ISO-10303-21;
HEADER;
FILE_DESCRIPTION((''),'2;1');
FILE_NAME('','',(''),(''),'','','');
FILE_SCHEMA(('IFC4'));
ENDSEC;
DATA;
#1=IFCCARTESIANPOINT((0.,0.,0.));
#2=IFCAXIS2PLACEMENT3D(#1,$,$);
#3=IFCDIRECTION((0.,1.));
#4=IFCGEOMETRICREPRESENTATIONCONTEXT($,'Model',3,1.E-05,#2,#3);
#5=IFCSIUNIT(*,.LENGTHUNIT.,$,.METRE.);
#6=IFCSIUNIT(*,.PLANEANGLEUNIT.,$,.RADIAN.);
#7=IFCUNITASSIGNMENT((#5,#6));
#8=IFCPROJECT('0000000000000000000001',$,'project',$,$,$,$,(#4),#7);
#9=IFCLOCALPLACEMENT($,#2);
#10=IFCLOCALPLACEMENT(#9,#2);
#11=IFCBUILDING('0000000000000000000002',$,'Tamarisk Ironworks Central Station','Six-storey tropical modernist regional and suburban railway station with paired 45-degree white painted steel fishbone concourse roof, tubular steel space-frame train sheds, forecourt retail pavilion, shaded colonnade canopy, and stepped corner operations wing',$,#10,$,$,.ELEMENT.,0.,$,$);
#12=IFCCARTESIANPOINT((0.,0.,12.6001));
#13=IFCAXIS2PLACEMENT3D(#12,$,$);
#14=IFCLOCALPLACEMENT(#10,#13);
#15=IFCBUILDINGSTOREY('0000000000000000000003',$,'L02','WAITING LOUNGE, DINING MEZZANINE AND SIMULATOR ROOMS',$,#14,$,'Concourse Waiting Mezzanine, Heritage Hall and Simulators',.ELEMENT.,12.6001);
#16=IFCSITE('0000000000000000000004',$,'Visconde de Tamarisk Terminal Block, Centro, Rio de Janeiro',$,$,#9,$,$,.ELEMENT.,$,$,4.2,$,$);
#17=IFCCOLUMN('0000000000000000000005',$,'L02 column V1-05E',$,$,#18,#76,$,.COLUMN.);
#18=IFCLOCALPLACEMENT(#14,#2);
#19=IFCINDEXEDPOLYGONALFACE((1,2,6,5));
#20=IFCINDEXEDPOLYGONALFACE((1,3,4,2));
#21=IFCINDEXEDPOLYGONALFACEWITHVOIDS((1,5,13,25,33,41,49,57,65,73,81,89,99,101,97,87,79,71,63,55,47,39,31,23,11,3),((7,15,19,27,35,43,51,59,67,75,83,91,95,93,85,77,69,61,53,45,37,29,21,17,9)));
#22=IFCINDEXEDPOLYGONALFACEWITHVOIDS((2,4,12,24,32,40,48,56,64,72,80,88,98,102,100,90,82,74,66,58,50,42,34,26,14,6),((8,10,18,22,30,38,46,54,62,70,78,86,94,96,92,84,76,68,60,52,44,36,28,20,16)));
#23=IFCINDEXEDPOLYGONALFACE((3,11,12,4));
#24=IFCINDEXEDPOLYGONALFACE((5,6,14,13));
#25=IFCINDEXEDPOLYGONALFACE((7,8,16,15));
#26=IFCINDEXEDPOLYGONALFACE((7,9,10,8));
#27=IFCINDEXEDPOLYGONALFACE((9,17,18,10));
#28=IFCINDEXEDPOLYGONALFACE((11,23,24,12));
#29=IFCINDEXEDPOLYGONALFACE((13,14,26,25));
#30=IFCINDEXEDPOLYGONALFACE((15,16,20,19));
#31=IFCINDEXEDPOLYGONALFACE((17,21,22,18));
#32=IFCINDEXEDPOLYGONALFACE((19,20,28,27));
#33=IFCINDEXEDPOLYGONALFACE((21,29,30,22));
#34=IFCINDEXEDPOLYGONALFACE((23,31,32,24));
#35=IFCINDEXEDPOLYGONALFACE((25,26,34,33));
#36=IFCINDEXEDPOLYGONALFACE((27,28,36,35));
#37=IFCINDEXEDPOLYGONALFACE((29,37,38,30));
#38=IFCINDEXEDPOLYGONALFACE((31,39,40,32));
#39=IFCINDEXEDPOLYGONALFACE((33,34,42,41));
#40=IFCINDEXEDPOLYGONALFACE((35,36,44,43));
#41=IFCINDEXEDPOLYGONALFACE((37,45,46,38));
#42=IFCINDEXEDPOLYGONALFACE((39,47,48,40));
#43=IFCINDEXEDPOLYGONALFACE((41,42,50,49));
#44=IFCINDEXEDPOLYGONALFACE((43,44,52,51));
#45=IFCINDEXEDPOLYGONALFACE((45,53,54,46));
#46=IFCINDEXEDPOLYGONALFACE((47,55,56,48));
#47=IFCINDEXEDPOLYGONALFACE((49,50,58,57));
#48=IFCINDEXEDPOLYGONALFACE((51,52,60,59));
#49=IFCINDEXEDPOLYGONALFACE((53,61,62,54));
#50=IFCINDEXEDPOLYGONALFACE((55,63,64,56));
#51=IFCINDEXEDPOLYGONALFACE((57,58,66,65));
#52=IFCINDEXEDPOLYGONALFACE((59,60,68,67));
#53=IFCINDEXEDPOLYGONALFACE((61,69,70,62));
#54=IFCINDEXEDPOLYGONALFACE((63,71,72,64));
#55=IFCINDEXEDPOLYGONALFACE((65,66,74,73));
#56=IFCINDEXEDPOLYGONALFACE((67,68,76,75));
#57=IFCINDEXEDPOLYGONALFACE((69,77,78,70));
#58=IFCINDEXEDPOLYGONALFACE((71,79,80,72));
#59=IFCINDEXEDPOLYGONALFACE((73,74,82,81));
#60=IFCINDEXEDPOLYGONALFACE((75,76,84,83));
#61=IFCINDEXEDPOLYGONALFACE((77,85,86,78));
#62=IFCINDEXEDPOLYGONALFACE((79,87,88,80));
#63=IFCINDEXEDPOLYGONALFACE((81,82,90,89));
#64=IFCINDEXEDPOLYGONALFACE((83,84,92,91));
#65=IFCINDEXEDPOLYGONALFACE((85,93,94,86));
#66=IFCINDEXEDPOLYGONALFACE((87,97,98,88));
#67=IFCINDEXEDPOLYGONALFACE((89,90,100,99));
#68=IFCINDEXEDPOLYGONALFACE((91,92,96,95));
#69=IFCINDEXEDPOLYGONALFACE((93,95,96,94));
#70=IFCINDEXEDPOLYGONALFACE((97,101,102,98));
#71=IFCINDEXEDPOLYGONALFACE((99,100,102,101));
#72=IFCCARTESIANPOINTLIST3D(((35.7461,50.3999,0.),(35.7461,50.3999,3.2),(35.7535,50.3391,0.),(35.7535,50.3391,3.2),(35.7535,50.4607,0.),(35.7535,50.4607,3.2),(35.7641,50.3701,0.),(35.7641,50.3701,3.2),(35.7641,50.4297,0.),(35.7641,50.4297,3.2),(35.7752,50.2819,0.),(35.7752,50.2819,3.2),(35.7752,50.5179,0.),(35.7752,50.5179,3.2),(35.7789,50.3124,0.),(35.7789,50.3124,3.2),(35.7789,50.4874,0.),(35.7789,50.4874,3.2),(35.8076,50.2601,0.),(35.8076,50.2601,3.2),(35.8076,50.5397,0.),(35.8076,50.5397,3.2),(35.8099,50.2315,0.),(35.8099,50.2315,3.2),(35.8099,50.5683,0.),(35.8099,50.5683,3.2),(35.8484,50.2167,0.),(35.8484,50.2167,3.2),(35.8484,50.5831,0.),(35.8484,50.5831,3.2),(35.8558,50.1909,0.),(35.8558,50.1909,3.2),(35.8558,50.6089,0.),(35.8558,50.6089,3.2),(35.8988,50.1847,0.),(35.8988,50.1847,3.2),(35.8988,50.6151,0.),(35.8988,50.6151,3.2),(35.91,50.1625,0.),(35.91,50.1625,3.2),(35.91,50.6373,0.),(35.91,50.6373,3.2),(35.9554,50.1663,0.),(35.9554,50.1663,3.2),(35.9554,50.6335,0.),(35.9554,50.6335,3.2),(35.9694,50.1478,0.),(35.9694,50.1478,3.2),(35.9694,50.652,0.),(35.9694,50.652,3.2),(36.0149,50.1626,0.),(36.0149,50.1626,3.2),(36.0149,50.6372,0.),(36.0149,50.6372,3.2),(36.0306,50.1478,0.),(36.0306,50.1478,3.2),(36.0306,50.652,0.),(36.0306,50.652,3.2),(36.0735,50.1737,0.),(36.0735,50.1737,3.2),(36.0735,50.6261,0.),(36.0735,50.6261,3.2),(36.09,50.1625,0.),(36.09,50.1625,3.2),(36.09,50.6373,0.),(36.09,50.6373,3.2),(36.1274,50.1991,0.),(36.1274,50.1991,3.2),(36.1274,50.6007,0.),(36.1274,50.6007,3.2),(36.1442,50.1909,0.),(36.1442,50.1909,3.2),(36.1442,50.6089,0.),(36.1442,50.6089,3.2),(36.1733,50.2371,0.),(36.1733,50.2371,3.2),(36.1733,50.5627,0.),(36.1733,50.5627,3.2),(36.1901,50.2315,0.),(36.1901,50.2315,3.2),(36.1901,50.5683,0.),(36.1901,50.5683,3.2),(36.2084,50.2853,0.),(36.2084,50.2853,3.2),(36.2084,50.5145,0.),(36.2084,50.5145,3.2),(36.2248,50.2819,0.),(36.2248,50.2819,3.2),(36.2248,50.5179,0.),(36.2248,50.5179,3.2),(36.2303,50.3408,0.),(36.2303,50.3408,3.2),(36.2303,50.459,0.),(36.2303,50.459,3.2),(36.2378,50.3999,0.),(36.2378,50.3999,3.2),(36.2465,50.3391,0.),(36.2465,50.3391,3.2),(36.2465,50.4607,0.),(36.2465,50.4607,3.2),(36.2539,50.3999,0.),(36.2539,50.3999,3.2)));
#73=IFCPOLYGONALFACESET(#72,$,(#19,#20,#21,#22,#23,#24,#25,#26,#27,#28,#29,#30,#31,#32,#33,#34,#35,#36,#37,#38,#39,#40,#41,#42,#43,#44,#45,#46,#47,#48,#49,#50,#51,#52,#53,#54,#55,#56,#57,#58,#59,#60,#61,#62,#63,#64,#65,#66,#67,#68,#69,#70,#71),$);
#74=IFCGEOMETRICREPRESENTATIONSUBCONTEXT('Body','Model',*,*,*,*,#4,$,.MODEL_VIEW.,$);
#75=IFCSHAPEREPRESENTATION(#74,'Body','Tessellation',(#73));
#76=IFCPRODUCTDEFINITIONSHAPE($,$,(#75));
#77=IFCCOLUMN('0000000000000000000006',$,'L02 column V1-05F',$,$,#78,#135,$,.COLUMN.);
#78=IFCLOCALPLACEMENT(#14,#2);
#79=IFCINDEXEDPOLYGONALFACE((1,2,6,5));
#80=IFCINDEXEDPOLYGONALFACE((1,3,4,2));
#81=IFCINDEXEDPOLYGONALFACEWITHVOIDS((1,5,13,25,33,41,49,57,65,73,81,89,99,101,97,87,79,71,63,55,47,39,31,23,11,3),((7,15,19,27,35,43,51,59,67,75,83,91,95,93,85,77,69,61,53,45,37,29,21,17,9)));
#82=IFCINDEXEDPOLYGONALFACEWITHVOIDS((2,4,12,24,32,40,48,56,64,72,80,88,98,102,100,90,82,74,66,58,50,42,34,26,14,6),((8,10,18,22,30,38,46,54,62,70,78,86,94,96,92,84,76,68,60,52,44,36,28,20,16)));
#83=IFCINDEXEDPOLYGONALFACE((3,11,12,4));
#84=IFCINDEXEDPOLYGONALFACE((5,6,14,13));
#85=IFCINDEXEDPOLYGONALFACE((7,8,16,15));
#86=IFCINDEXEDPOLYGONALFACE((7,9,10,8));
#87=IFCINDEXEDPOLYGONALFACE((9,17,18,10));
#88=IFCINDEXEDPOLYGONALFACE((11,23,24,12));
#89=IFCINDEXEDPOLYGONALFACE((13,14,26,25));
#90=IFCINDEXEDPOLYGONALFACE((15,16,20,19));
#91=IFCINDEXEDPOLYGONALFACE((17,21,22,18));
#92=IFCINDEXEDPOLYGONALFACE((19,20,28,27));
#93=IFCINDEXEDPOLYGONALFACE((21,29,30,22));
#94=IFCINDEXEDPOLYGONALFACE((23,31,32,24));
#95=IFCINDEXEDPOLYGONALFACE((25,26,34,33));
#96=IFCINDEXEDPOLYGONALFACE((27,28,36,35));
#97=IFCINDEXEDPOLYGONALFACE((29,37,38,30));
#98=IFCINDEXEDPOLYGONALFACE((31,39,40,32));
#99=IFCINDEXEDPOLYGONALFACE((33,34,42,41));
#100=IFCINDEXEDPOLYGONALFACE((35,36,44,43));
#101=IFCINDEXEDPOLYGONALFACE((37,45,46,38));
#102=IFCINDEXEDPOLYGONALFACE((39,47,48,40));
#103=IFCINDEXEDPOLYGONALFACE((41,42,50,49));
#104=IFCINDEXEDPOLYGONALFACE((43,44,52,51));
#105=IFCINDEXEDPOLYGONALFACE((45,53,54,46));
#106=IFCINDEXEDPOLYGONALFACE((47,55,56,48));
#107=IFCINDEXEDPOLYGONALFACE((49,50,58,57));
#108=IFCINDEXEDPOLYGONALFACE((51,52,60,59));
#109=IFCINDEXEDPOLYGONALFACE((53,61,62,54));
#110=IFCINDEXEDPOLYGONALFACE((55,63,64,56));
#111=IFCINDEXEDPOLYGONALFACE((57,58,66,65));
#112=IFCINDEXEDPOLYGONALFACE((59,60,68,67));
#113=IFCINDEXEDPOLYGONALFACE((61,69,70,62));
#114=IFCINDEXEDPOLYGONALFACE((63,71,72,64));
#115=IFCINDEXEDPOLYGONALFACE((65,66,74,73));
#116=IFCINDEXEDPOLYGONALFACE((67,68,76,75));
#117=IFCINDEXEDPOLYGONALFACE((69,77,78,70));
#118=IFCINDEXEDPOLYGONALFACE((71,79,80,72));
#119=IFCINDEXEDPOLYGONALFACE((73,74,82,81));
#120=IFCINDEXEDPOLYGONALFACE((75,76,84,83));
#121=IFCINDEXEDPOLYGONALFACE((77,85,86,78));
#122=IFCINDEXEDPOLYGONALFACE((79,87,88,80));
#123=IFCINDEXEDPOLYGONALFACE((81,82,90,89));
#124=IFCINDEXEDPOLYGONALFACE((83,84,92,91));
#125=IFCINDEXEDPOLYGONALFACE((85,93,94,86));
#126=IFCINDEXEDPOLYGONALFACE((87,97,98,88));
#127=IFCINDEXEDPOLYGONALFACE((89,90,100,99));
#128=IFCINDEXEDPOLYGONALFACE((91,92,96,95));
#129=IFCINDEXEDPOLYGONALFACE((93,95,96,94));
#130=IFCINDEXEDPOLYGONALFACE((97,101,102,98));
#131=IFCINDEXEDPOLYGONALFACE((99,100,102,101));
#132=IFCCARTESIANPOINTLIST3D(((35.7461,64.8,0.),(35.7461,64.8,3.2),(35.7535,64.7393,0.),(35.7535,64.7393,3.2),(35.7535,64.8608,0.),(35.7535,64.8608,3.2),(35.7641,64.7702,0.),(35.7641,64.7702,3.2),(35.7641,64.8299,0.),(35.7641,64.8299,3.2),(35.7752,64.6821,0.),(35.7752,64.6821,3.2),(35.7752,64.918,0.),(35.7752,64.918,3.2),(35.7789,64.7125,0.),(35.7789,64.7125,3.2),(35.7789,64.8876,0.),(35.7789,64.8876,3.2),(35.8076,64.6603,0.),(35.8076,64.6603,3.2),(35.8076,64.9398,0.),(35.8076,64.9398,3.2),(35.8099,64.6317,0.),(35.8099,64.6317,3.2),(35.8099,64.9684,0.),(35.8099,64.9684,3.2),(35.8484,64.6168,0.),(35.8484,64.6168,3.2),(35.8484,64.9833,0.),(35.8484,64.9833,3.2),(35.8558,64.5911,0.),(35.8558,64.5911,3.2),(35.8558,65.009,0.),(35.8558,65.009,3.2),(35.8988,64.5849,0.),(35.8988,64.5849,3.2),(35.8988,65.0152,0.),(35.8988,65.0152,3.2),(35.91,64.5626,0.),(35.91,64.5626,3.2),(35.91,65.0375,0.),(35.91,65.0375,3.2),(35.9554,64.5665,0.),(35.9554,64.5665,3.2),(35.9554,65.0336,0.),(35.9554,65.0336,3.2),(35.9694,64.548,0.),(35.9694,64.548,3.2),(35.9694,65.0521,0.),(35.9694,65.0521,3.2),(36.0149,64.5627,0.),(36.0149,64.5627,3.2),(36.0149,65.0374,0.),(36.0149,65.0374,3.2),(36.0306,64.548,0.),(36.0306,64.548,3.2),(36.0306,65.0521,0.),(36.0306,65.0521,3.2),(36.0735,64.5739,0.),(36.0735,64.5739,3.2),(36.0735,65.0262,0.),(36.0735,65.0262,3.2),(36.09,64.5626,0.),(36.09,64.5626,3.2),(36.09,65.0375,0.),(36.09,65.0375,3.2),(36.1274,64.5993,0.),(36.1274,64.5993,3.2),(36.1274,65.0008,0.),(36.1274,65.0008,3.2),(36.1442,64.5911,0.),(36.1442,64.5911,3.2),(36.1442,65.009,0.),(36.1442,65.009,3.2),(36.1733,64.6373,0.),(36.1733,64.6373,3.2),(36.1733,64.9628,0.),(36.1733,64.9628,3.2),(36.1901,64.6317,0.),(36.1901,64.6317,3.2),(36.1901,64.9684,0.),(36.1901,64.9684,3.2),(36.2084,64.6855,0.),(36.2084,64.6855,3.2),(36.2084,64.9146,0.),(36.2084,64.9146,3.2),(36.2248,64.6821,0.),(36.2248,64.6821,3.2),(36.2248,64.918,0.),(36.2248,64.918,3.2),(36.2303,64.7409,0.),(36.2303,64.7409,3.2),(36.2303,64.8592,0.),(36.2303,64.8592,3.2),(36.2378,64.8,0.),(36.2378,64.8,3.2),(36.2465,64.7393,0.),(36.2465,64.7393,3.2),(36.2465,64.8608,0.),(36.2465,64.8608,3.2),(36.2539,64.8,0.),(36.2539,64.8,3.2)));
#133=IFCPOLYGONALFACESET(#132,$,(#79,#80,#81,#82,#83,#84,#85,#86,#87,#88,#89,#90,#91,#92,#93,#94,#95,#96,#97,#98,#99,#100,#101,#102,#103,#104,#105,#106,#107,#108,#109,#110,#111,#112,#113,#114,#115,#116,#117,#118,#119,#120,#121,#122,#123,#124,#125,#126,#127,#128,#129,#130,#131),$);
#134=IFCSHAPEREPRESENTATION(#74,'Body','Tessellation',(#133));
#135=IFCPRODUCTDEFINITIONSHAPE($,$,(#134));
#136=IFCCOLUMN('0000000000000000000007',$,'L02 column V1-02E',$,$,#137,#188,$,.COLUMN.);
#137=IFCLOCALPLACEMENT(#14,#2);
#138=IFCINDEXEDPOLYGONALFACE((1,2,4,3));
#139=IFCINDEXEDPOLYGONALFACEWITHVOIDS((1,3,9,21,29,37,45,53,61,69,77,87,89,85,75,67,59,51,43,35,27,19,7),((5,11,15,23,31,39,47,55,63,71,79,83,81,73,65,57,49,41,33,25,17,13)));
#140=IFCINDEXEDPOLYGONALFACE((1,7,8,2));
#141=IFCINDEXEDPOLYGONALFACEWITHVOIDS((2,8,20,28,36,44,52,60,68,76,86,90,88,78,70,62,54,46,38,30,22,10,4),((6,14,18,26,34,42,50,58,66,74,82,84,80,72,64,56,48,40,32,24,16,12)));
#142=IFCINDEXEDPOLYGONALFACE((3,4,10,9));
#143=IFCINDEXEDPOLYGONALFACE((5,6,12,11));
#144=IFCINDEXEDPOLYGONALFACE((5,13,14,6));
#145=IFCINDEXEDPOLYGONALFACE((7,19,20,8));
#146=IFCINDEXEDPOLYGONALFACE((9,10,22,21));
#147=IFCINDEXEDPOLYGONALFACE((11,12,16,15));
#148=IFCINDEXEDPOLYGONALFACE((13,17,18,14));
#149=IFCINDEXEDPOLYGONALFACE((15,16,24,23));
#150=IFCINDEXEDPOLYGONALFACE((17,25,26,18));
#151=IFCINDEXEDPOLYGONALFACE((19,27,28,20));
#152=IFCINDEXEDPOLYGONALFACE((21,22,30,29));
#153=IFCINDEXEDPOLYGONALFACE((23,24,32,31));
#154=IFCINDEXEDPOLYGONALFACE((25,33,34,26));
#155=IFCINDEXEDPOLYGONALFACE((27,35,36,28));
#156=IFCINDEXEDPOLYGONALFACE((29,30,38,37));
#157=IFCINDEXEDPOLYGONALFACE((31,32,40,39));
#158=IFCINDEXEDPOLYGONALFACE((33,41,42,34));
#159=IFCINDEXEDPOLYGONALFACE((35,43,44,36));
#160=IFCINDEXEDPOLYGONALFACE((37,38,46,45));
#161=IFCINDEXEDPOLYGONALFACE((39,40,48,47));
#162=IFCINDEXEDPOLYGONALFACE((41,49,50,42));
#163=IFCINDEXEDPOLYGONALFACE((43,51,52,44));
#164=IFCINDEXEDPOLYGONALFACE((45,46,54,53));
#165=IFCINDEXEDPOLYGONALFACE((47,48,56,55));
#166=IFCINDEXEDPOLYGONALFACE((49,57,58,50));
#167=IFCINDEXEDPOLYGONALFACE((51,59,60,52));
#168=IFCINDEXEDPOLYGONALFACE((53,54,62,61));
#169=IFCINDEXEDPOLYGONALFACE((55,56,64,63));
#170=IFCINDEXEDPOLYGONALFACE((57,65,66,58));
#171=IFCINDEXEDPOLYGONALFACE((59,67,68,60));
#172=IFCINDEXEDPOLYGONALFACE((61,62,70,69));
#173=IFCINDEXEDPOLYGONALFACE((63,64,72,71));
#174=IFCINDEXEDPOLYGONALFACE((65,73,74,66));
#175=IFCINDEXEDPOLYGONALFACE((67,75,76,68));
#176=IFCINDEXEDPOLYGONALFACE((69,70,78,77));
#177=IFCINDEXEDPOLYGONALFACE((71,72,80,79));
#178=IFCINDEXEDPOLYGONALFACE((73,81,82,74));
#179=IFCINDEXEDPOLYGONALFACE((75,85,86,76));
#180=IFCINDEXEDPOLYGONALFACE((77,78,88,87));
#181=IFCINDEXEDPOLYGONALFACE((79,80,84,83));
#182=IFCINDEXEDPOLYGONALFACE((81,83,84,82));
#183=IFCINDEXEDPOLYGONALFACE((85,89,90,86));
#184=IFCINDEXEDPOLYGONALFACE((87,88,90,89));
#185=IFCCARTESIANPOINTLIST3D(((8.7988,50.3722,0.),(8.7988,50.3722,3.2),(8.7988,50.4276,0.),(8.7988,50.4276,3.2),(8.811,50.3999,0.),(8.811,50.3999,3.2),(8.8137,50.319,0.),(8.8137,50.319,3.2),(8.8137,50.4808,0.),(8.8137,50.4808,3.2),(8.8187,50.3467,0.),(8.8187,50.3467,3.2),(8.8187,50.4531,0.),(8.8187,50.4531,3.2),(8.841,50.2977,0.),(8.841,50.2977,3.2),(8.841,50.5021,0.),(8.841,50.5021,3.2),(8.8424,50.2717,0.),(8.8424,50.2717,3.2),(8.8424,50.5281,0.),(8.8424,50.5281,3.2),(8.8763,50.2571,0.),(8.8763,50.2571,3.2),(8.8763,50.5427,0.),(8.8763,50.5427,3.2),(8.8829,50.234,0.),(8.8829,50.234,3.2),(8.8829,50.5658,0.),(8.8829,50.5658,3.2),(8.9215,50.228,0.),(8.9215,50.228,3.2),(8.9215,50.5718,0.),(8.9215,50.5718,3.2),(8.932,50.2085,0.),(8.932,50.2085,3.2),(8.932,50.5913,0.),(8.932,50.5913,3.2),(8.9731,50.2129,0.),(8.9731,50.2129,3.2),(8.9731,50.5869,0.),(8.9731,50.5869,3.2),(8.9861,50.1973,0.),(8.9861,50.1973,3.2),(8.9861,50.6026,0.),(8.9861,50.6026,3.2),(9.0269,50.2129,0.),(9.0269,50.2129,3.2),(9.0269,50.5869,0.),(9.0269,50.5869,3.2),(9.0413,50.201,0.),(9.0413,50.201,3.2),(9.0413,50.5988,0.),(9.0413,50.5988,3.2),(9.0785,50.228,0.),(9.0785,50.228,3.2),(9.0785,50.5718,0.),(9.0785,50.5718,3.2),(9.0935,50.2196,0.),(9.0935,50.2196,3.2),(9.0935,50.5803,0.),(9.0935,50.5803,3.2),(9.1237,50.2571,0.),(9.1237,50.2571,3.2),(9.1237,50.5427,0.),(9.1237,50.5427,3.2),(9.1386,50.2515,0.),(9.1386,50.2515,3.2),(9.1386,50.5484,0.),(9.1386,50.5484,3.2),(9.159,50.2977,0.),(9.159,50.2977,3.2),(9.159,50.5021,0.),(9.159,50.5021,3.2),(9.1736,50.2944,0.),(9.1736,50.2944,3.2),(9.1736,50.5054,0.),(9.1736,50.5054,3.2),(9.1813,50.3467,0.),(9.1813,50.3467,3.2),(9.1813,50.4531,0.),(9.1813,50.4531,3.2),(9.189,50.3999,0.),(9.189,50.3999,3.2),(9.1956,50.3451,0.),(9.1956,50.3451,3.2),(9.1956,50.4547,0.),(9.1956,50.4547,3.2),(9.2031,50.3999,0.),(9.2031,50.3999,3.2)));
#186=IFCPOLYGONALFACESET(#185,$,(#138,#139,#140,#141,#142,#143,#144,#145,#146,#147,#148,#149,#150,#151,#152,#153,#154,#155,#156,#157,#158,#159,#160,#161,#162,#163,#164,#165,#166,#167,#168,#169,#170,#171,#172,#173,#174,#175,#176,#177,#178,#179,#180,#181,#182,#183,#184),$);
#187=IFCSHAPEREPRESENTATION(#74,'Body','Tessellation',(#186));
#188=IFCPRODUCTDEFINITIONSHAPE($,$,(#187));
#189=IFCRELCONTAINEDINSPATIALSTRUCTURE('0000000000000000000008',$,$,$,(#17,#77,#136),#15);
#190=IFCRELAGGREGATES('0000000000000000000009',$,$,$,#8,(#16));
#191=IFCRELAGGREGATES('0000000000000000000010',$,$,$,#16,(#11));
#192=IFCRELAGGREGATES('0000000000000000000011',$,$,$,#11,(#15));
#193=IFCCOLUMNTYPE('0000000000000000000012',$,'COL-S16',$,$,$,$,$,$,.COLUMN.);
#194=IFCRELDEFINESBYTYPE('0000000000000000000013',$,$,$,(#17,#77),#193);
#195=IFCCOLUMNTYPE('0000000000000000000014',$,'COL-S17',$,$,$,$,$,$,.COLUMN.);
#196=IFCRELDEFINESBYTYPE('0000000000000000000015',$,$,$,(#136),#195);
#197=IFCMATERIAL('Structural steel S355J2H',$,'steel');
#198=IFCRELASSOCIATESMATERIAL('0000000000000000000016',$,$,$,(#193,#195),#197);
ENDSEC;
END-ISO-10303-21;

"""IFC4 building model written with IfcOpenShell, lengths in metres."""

from ifc_helpers import new_model, si_unit, direction, frame, origin, origin_2d, place, context, subcontext, project, spatial, hollow_circle, extrude, material, material_profile, profile_set, type_object, element, save


model = new_model("IFC4")

# Units and contexts
model_context = context("Model", 3, precision=1e-05, world=origin(), true_north=direction((0.0, 1.0)))
body_context = subcontext(model_context, "Body", "Model", "MODEL_VIEW")
ifc_project = project(units=[si_unit("LENGTHUNIT", "METRE"), si_unit("PLANEANGLEUNIT", "RADIAN")], contexts=[model_context])

# Site, building, storey
site_placement = place(None, origin())
site = spatial("IfcSite", under=ifc_project, at=site_placement, Name="Visconde de Tamarisk Terminal Block, Centro, Rio de Janeiro", CompositionType="ELEMENT", RefElevation=4.2)
building_placement = place(site_placement, origin())
building = spatial("IfcBuilding", under=site, at=building_placement, Name="Tamarisk Ironworks Central Station", Description="Six-storey tropical modernist regional and suburban railway station with paired 45-degree white painted steel fishbone concourse roof, tubular steel space-frame train sheds, forecourt retail pavilion, shaded colonnade canopy, and stepped corner operations wing", CompositionType="ELEMENT", ElevationOfRefHeight=0.0)
storey_placement = place(building_placement, frame((0.0, 0.0, 12.6001)))
storey = spatial("IfcBuildingStorey", under=building, at=storey_placement, Name="L02", Description="WAITING LOUNGE, DINING MEZZANINE AND SIMULATOR ROOMS", LongName="Concourse Waiting Mezzanine, Heritage Hall and Simulators", CompositionType="ELEMENT", Elevation=12.6001)

# Columns
ifc_material_1 = material(Name="Structural steel S355J2H", Category="steel")
ifc_material_profile_1 = material_profile(ifc_material_1, hollow_circle(Radius=0.2539, WallThickness=0.0161, at=origin_2d()), Name="CHS 508x16")
ifc_profile_set_1 = profile_set([ifc_material_profile_1], Name="Structural steel S355J2H")
column_type_1 = type_object("IfcColumnType", Name="COL-S16", PredefinedType="COLUMN", material=ifc_profile_set_1)
for number, where, z_axis, x_axis, name in (
    (1, (36.0, 50.3999, 0.0), (0.0, 0.0, 1.0), (1.0, 0.0, 0.0), "L02 column V1-05E"),
    (2, (36.0, 64.8, 0.0), (0.0, 0.0, 1.0), (1.0, 0.0, 0.0), "L02 column V1-05F"),
):
    element("IfcColumn", number, at=place(storey_placement, frame(where, z_axis=z_axis, x_axis=x_axis)), inside=storey, type_object=column_type_1, Name=name, PredefinedType="COLUMN", context=body_context, shape_type="SweptSolid", body=[
        extrude(hollow_circle(Radius=0.2539, WallThickness=0.0161, at=origin_2d()), origin(), (0.0, 0.0, 1.0), 3.2),
    ])
ifc_material_profile_2 = material_profile(ifc_material_1, hollow_circle(Radius=0.2031, WallThickness=0.0142, at=origin_2d()), Name="CHS 406.4x14.2")
ifc_profile_set_2 = profile_set([ifc_material_profile_2], Name="Structural steel S355J2H")
column_type_2 = type_object("IfcColumnType", Name="COL-S17", PredefinedType="COLUMN", material=ifc_profile_set_2)
for number, where, z_axis, x_axis, name in (
    (3, (9.0, 50.3999, 0.0), (0.0, 0.0, 1.0), (1.0, 0.0, 0.0), "L02 column V1-02E"),
):
    element("IfcColumn", number, at=place(storey_placement, frame(where, z_axis=z_axis, x_axis=x_axis)), inside=storey, type_object=column_type_2, Name=name, PredefinedType="COLUMN", context=body_context, shape_type="SweptSolid", body=[
        extrude(hollow_circle(Radius=0.2031, WallThickness=0.0142, at=origin_2d()), origin(), (0.0, 0.0, 1.0), 3.2),
    ])

save(model, "model.ifc")
